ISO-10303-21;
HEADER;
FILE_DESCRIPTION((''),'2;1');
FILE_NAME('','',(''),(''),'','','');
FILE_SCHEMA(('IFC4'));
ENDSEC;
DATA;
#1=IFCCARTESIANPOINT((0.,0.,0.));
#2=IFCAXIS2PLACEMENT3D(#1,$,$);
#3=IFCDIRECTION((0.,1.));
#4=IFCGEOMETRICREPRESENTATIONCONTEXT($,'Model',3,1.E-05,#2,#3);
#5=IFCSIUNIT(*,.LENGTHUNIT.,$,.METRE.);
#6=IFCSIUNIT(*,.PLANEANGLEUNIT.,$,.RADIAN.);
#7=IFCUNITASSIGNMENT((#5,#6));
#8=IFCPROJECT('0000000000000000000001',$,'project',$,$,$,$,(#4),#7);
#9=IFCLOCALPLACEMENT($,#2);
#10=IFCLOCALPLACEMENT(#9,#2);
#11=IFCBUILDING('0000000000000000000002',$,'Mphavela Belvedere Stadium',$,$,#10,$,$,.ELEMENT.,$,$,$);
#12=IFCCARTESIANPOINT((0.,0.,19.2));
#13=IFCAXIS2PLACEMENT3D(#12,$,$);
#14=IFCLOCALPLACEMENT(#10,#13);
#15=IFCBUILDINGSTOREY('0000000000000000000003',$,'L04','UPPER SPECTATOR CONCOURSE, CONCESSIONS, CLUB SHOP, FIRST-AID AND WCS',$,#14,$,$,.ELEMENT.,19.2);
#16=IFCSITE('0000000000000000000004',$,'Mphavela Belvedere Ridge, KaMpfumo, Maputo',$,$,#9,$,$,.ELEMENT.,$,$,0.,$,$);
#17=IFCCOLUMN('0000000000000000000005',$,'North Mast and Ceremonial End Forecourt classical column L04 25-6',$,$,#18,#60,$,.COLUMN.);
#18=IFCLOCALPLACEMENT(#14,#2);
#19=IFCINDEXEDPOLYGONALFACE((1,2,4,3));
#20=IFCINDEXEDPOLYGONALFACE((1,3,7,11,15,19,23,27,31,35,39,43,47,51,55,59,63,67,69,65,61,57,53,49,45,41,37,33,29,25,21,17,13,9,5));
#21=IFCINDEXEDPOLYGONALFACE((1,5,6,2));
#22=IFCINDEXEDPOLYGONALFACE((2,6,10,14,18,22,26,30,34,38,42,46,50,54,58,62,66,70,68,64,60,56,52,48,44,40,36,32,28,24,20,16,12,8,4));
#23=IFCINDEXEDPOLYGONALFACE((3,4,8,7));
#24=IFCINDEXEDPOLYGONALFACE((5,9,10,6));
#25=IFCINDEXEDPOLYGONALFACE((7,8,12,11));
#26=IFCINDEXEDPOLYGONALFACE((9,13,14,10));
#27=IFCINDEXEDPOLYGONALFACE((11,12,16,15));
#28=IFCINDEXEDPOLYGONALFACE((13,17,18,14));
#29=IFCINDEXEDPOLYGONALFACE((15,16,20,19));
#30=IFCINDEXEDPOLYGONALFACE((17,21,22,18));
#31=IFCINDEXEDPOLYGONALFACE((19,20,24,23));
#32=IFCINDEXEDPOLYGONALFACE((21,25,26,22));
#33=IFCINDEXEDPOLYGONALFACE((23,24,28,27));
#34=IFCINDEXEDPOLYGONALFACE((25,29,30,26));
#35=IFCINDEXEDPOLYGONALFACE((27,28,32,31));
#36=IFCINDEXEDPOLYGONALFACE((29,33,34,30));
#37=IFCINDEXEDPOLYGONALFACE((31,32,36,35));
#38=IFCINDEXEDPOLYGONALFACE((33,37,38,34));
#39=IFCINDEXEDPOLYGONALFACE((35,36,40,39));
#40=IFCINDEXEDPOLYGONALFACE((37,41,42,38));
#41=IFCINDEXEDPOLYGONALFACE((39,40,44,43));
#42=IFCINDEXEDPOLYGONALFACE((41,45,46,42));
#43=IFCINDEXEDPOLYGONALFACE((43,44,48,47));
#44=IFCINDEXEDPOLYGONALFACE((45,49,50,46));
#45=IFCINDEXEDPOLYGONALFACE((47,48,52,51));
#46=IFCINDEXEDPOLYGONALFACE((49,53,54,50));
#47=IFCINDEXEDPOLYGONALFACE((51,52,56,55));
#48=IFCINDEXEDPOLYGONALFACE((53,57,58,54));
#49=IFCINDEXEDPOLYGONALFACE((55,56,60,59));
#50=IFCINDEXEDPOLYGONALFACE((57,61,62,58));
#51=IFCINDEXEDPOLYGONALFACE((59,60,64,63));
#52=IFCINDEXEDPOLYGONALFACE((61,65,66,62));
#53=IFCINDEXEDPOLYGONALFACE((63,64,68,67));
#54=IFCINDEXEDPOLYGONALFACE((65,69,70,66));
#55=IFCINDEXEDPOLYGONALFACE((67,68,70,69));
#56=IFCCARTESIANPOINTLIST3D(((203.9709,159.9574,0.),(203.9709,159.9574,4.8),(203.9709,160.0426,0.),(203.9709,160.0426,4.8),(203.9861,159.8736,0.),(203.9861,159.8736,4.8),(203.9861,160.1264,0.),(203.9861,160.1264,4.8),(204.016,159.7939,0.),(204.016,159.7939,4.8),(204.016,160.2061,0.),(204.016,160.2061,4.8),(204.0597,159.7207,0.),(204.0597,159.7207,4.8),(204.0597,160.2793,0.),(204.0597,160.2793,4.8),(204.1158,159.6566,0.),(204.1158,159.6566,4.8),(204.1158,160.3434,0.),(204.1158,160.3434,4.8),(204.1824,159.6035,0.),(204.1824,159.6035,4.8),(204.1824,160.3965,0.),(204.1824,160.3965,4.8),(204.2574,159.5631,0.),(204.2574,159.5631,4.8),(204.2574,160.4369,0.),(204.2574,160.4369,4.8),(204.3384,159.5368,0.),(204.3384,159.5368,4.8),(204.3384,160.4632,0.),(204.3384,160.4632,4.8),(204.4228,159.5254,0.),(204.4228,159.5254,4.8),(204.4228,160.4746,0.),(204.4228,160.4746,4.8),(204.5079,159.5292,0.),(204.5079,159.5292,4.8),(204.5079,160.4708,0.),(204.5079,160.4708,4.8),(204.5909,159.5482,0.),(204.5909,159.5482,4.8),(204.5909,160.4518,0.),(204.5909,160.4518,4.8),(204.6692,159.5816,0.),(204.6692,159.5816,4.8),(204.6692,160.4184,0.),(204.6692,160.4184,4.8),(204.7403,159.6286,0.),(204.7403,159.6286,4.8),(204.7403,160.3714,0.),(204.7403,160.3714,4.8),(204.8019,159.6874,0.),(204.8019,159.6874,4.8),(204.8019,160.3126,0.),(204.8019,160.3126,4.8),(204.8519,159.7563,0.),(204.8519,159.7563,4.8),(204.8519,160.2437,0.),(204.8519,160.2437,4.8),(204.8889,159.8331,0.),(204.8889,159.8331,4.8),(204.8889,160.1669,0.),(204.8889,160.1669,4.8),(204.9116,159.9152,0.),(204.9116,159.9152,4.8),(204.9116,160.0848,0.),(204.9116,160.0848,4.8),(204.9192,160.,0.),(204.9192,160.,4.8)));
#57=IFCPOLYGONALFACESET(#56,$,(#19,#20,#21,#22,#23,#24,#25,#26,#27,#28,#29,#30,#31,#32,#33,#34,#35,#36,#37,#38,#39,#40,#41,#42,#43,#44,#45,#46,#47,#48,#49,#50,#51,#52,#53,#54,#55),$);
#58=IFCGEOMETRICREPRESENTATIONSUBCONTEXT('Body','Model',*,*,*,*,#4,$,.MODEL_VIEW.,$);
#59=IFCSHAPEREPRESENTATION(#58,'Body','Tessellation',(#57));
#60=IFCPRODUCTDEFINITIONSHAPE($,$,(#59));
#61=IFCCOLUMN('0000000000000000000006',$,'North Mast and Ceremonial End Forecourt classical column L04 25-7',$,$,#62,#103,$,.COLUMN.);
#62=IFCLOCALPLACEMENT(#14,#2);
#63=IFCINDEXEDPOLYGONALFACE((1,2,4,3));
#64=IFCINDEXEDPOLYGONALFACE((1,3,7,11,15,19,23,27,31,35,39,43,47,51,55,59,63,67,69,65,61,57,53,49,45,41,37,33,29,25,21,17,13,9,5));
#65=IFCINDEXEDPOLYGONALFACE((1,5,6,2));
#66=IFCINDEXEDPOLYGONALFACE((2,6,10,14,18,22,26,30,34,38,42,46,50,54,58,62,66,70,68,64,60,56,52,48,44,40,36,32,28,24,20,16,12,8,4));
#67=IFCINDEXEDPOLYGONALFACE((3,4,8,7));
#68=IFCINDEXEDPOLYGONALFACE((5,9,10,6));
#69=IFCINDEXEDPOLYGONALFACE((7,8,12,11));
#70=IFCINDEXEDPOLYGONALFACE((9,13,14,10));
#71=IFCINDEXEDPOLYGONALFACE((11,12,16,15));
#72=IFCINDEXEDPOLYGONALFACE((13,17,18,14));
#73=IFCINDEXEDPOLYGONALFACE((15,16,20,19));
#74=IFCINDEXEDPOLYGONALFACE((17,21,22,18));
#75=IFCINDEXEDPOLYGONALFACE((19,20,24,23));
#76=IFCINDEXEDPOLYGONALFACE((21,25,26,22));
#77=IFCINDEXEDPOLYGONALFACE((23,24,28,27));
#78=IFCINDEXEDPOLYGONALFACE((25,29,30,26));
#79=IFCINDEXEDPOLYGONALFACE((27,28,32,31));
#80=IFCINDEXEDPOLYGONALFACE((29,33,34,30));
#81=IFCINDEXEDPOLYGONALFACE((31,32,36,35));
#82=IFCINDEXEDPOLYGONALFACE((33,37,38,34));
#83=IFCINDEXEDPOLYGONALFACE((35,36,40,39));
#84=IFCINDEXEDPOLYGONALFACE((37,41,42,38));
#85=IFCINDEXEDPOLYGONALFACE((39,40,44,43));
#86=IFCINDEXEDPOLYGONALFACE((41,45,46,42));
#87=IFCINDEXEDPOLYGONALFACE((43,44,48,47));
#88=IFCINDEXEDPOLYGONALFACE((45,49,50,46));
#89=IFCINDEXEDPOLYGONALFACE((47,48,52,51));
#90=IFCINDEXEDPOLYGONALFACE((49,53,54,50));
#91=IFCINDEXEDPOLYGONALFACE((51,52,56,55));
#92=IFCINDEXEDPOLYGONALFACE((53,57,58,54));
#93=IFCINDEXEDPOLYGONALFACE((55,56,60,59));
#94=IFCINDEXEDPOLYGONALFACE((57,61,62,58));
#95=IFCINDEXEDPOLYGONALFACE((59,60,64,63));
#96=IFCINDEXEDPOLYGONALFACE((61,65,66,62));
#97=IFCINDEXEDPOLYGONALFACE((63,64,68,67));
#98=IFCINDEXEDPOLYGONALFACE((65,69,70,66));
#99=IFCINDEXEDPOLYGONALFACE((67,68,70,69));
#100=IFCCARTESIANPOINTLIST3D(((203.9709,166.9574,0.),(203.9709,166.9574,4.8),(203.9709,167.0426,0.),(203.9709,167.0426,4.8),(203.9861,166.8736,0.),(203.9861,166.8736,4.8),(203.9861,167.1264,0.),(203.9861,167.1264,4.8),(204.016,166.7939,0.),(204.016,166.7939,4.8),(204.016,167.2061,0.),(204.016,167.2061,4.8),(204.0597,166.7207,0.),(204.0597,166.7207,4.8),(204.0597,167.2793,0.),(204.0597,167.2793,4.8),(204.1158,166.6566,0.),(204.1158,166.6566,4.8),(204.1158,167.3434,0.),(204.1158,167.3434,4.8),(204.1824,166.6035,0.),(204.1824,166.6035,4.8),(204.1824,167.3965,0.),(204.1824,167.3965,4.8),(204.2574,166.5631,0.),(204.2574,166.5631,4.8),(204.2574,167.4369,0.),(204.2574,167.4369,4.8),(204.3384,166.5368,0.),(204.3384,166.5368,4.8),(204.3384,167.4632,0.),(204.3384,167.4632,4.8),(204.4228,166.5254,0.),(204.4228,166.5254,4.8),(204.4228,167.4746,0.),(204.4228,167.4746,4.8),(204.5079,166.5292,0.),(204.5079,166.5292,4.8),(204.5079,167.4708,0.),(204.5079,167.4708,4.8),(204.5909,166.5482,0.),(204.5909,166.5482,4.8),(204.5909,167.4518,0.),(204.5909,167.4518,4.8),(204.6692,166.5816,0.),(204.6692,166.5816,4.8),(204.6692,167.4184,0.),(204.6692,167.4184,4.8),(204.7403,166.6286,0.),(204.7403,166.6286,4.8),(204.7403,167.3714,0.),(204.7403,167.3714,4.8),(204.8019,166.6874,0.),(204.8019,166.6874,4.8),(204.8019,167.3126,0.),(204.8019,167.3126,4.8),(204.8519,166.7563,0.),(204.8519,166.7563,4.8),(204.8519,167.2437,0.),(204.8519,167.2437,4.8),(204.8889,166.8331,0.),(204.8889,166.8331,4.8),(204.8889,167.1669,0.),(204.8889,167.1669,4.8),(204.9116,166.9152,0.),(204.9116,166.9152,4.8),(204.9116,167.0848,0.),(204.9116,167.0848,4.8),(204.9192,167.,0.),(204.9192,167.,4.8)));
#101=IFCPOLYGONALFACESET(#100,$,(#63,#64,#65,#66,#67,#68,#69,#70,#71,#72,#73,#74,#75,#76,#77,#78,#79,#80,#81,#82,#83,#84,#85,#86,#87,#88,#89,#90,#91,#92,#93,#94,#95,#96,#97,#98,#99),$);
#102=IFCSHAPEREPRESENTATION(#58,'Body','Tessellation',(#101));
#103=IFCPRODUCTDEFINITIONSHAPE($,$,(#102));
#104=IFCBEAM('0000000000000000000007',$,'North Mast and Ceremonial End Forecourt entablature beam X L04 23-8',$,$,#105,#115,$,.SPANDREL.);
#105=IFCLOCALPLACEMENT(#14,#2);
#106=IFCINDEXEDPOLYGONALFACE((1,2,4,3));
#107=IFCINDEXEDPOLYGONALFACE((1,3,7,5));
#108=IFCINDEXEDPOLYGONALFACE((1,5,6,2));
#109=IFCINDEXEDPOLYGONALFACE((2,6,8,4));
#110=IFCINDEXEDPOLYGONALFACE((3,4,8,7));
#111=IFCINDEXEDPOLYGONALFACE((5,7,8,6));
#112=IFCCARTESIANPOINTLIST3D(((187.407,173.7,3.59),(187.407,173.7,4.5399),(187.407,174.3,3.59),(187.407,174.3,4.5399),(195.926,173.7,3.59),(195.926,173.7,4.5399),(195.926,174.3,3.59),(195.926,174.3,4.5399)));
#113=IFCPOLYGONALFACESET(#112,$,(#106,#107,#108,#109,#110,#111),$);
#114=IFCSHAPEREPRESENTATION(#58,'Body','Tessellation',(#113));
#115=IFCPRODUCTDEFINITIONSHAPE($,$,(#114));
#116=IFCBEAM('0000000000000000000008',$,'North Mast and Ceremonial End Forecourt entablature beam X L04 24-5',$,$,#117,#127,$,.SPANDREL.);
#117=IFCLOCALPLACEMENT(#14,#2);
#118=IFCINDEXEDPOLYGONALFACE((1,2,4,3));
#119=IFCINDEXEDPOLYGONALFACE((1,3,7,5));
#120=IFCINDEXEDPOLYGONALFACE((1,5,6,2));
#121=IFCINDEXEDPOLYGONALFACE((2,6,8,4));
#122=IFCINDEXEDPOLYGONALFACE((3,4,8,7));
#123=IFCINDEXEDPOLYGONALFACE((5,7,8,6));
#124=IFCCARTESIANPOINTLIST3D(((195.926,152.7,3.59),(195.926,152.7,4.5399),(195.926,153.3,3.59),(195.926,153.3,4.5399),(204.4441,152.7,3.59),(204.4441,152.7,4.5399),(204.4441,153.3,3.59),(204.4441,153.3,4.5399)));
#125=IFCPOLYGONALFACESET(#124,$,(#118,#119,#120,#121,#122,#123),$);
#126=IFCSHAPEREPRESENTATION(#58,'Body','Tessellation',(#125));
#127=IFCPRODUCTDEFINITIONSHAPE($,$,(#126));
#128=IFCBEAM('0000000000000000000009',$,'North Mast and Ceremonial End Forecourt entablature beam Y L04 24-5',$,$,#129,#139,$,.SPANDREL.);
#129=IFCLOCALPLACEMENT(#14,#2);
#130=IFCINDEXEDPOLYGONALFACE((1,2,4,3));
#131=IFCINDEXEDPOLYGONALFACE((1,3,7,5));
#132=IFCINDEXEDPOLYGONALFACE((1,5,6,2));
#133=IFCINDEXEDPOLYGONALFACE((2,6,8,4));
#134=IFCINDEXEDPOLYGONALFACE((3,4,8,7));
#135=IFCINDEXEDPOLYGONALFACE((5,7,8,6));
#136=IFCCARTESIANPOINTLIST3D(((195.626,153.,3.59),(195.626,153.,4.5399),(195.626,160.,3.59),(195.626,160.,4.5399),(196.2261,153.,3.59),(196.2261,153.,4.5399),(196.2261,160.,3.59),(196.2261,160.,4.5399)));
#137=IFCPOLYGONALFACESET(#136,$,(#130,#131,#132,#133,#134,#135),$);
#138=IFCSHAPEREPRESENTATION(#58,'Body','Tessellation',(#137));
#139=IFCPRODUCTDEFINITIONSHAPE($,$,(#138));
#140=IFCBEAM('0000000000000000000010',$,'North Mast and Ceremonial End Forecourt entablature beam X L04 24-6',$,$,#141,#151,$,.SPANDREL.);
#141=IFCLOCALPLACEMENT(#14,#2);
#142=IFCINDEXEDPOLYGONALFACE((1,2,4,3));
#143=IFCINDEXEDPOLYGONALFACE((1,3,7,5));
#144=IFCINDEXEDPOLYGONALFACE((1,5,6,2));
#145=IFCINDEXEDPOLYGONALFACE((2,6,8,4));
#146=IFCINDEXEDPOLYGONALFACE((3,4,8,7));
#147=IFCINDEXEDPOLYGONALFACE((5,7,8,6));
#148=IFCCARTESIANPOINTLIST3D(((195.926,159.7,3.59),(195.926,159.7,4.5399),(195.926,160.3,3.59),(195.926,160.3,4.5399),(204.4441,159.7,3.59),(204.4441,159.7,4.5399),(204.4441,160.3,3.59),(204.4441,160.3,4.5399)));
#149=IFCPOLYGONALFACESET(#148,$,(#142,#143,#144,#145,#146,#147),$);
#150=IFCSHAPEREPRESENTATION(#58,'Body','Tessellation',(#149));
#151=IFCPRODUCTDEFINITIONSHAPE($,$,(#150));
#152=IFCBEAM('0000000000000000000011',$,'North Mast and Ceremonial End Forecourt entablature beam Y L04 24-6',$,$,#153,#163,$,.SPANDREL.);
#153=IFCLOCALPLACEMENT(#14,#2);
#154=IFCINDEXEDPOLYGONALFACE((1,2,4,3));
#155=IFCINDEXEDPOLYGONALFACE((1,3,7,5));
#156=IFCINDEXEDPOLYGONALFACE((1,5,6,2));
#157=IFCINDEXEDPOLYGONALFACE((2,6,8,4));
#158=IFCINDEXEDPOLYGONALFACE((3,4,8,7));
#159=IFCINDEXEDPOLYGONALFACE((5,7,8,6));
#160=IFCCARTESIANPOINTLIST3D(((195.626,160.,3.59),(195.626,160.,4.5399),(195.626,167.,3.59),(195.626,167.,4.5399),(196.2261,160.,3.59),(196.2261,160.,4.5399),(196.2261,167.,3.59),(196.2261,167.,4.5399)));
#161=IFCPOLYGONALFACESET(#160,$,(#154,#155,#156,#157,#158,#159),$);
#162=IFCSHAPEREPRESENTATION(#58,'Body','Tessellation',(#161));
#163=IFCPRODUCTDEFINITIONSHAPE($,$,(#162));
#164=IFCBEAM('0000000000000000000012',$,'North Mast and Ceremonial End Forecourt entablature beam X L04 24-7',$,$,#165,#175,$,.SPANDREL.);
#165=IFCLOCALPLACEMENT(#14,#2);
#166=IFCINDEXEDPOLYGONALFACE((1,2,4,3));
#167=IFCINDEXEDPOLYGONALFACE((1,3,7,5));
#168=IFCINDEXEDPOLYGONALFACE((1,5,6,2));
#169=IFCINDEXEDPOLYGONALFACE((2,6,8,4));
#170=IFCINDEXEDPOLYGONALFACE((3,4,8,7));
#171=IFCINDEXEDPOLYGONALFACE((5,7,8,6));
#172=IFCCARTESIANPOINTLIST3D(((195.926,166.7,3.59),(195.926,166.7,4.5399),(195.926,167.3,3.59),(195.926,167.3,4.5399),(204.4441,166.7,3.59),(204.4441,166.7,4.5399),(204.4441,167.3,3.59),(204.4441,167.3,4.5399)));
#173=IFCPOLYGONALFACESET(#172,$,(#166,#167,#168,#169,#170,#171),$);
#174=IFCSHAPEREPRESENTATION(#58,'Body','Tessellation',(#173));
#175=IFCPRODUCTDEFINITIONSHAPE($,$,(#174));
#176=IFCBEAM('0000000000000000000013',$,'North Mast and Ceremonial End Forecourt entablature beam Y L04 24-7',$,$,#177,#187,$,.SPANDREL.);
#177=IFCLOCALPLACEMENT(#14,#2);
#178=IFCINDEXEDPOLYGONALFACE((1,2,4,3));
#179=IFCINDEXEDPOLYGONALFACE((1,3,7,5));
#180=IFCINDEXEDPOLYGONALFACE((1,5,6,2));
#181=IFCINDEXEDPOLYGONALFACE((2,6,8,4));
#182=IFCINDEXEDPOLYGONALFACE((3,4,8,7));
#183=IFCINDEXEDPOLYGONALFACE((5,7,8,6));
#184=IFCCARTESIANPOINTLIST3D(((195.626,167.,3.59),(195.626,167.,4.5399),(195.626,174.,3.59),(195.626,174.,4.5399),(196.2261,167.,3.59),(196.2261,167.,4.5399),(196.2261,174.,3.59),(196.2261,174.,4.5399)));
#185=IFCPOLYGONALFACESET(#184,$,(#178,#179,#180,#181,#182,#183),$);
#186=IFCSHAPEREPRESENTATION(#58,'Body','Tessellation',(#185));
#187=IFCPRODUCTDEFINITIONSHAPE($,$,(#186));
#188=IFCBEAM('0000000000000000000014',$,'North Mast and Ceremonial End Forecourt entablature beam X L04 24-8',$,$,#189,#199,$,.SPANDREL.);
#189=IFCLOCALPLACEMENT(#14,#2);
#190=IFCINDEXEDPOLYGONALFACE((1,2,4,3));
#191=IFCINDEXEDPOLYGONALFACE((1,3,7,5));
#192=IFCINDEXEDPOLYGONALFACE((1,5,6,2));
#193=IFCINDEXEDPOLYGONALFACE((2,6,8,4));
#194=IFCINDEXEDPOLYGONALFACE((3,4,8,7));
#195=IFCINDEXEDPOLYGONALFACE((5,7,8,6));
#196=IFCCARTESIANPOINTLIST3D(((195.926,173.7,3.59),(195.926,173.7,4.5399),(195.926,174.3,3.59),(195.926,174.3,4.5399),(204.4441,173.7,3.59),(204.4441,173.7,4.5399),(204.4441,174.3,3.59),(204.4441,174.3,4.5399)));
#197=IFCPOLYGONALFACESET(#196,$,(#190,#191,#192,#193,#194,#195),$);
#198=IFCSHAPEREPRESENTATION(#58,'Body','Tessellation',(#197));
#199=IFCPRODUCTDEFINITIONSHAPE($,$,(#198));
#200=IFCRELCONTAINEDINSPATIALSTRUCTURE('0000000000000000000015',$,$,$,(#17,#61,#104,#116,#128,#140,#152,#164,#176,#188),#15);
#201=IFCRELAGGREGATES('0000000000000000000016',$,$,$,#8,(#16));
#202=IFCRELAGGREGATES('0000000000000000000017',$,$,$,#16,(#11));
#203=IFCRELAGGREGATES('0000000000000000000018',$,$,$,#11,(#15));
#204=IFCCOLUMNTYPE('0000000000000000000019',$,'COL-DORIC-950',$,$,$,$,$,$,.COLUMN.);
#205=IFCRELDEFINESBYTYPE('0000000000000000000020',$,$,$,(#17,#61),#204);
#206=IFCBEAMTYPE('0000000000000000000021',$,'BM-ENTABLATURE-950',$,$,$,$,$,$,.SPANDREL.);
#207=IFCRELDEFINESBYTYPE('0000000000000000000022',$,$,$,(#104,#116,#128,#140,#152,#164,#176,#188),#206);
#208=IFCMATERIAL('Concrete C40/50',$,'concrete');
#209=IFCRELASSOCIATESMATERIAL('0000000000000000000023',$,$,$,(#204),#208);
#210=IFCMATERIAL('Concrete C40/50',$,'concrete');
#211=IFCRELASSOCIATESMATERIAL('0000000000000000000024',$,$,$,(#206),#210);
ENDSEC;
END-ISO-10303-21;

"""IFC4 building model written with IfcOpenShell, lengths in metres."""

from ifc_helpers import new_model, si_unit, direction, frame, origin, origin_2d, place, context, subcontext, project, spatial, rectangle, circle, extrude, material, material_profile, profile_set, type_object, element, save


model = new_model("IFC4")

# Units and contexts
model_context = context("Model", 3, precision=1e-05, world=origin(), true_north=direction((0.0, 1.0)))
body_context = subcontext(model_context, "Body", "Model", "MODEL_VIEW")
ifc_project = project(units=[si_unit("LENGTHUNIT", "METRE"), si_unit("PLANEANGLEUNIT", "RADIAN")], contexts=[model_context])

# Site, building, storey
site_placement = place(None, origin())
site = spatial("IfcSite", under=ifc_project, at=site_placement, Name="Mphavela Belvedere Ridge, KaMpfumo, Maputo", CompositionType="ELEMENT", RefElevation=0.0)
building_placement = place(site_placement, origin())
building = spatial("IfcBuilding", under=site, at=building_placement, Name="Mphavela Belvedere Stadium", CompositionType="ELEMENT")
storey_placement = place(building_placement, frame((0.0, 0.0, 19.2)))
storey = spatial("IfcBuildingStorey", under=building, at=storey_placement, Name="L04", Description="UPPER SPECTATOR CONCOURSE, CONCESSIONS, CLUB SHOP, FIRST-AID AND WCS", CompositionType="ELEMENT", Elevation=19.2)

# Columns
ifc_material_1 = material(Name="Concrete C40/50", Category="concrete")
ifc_material_profile_1 = material_profile(ifc_material_1, circle(Radius=0.4751, at=origin_2d()), Name="COL D950")
ifc_profile_set_1 = profile_set([ifc_material_profile_1], Name="Concrete C40/50")
column_type = type_object("IfcColumnType", Name="COL-DORIC-950", PredefinedType="COLUMN", material=ifc_profile_set_1)
for number, where, z_axis, x_axis, name in (
    (1, (204.4441, 160.0, 0.0), (0.0, 0.0, 1.0), (1.0, 0.0, 0.0), "North Mast and Ceremonial End Forecourt classical column L04 25-6"),
    (2, (204.4441, 167.0, 0.0), (0.0, 0.0, 1.0), (1.0, 0.0, 0.0), "North Mast and Ceremonial End Forecourt classical column L04 25-7"),
):
    element("IfcColumn", number, at=place(storey_placement, frame(where, z_axis=z_axis, x_axis=x_axis)), inside=storey, type_object=column_type, Name=name, PredefinedType="COLUMN", context=body_context, shape_type="SweptSolid", body=[
        extrude(circle(Radius=0.4751, at=origin_2d()), origin(), (0.0, 0.0, 1.0), 4.8),
    ])

# Beams
ifc_material_2 = material(Name="Concrete C40/50", Category="concrete")
ifc_material_profile_2 = material_profile(ifc_material_2, rectangle(XDim=0.6001, YDim=0.95, at=origin_2d()), Name="RC 600x950")
ifc_profile_set_2 = profile_set([ifc_material_profile_2], Name="Concrete C40/50")
beam_type_1 = type_object("IfcBeamType", Name="BM-ENTABLATURE-950", PredefinedType="SPANDREL", material=ifc_profile_set_2)
beam_1_placement = place(storey_placement, frame((187.407, 174.0, 4.0649), z_axis=(1.0, 0.0, 0.0), x_axis=(0.0, 1.0, 0.0)))
element("IfcBeam", 3, at=beam_1_placement, inside=storey, type_object=beam_type_1, Name="North Mast and Ceremonial End Forecourt entablature beam X L04 23-8", PredefinedType="SPANDREL", context=body_context, shape_type="SweptSolid", body=[
    extrude(rectangle(XDim=0.6001, YDim=0.95, at=origin_2d()), origin(), (0.0, 0.0, 1.0), 8.519),
])
beam_2_placement = place(storey_placement, frame((195.926, 153.0, 4.0649), z_axis=(1.0, 0.0, 0.0), x_axis=(0.0, 1.0, 0.0)))
element("IfcBeam", 4, at=beam_2_placement, inside=storey, type_object=beam_type_1, Name="North Mast and Ceremonial End Forecourt entablature beam X L04 24-5", PredefinedType="SPANDREL", context=body_context, shape_type="SweptSolid", body=[
    extrude(rectangle(XDim=0.6001, YDim=0.95, at=origin_2d()), origin(), (0.0, 0.0, 1.0), 8.5181),
])
beam_3_placement = place(storey_placement, frame((195.926, 153.0, 4.0649), z_axis=(0.0, 1.0, 0.0), x_axis=(-1.0, 0.0, 0.0)))
element("IfcBeam", 5, at=beam_3_placement, inside=storey, type_object=beam_type_1, Name="North Mast and Ceremonial End Forecourt entablature beam Y L04 24-5", PredefinedType="SPANDREL", context=body_context, shape_type="SweptSolid", body=[
    extrude(rectangle(XDim=0.6001, YDim=0.95, at=origin_2d()), origin(), (0.0, 0.0, 1.0), 7.0),
])
beam_4_placement = place(storey_placement, frame((195.926, 160.0, 4.0649), z_axis=(1.0, 0.0, 0.0), x_axis=(0.0, 1.0, 0.0)))
element("IfcBeam", 6, at=beam_4_placement, inside=storey, type_object=beam_type_1, Name="North Mast and Ceremonial End Forecourt entablature beam X L04 24-6", PredefinedType="SPANDREL", context=body_context, shape_type="SweptSolid", body=[
    extrude(rectangle(XDim=0.6001, YDim=0.95, at=origin_2d()), origin(), (0.0, 0.0, 1.0), 8.5181),
])
beam_5_placement = place(storey_placement, frame((195.926, 160.0, 4.0649), z_axis=(0.0, 1.0, 0.0), x_axis=(-1.0, 0.0, 0.0)))
element("IfcBeam", 7, at=beam_5_placement, inside=storey, type_object=beam_type_1, Name="North Mast and Ceremonial End Forecourt entablature beam Y L04 24-6", PredefinedType="SPANDREL", context=body_context, shape_type="SweptSolid", body=[
    extrude(rectangle(XDim=0.6001, YDim=0.95, at=origin_2d()), origin(), (0.0, 0.0, 1.0), 7.0),
])
beam_6_placement = place(storey_placement, frame((195.926, 167.0, 4.0649), z_axis=(1.0, 0.0, 0.0), x_axis=(0.0, 1.0, 0.0)))
element("IfcBeam", 8, at=beam_6_placement, inside=storey, type_object=beam_type_1, Name="North Mast and Ceremonial End Forecourt entablature beam X L04 24-7", PredefinedType="SPANDREL", context=body_context, shape_type="SweptSolid", body=[
    extrude(rectangle(XDim=0.6001, YDim=0.95, at=origin_2d()), origin(), (0.0, 0.0, 1.0), 8.5181),
])
beam_7_placement = place(storey_placement, frame((195.926, 167.0, 4.0649), z_axis=(0.0, 1.0, 0.0), x_axis=(-1.0, 0.0, 0.0)))
element("IfcBeam", 9, at=beam_7_placement, inside=storey, type_object=beam_type_1, Name="North Mast and Ceremonial End Forecourt entablature beam Y L04 24-7", PredefinedType="SPANDREL", context=body_context, shape_type="SweptSolid", body=[
    extrude(rectangle(XDim=0.6001, YDim=0.95, at=origin_2d()), origin(), (0.0, 0.0, 1.0), 7.0),
])
beam_8_placement = place(storey_placement, frame((195.926, 174.0, 4.0649), z_axis=(1.0, 0.0, 0.0), x_axis=(0.0, 1.0, 0.0)))
element("IfcBeam", 10, at=beam_8_placement, inside=storey, type_object=beam_type_1, Name="North Mast and Ceremonial End Forecourt entablature beam X L04 24-8", PredefinedType="SPANDREL", context=body_context, shape_type="SweptSolid", body=[
    extrude(rectangle(XDim=0.6001, YDim=0.95, at=origin_2d()), origin(), (0.0, 0.0, 1.0), 8.5181),
])

save(model, "model.ifc")
